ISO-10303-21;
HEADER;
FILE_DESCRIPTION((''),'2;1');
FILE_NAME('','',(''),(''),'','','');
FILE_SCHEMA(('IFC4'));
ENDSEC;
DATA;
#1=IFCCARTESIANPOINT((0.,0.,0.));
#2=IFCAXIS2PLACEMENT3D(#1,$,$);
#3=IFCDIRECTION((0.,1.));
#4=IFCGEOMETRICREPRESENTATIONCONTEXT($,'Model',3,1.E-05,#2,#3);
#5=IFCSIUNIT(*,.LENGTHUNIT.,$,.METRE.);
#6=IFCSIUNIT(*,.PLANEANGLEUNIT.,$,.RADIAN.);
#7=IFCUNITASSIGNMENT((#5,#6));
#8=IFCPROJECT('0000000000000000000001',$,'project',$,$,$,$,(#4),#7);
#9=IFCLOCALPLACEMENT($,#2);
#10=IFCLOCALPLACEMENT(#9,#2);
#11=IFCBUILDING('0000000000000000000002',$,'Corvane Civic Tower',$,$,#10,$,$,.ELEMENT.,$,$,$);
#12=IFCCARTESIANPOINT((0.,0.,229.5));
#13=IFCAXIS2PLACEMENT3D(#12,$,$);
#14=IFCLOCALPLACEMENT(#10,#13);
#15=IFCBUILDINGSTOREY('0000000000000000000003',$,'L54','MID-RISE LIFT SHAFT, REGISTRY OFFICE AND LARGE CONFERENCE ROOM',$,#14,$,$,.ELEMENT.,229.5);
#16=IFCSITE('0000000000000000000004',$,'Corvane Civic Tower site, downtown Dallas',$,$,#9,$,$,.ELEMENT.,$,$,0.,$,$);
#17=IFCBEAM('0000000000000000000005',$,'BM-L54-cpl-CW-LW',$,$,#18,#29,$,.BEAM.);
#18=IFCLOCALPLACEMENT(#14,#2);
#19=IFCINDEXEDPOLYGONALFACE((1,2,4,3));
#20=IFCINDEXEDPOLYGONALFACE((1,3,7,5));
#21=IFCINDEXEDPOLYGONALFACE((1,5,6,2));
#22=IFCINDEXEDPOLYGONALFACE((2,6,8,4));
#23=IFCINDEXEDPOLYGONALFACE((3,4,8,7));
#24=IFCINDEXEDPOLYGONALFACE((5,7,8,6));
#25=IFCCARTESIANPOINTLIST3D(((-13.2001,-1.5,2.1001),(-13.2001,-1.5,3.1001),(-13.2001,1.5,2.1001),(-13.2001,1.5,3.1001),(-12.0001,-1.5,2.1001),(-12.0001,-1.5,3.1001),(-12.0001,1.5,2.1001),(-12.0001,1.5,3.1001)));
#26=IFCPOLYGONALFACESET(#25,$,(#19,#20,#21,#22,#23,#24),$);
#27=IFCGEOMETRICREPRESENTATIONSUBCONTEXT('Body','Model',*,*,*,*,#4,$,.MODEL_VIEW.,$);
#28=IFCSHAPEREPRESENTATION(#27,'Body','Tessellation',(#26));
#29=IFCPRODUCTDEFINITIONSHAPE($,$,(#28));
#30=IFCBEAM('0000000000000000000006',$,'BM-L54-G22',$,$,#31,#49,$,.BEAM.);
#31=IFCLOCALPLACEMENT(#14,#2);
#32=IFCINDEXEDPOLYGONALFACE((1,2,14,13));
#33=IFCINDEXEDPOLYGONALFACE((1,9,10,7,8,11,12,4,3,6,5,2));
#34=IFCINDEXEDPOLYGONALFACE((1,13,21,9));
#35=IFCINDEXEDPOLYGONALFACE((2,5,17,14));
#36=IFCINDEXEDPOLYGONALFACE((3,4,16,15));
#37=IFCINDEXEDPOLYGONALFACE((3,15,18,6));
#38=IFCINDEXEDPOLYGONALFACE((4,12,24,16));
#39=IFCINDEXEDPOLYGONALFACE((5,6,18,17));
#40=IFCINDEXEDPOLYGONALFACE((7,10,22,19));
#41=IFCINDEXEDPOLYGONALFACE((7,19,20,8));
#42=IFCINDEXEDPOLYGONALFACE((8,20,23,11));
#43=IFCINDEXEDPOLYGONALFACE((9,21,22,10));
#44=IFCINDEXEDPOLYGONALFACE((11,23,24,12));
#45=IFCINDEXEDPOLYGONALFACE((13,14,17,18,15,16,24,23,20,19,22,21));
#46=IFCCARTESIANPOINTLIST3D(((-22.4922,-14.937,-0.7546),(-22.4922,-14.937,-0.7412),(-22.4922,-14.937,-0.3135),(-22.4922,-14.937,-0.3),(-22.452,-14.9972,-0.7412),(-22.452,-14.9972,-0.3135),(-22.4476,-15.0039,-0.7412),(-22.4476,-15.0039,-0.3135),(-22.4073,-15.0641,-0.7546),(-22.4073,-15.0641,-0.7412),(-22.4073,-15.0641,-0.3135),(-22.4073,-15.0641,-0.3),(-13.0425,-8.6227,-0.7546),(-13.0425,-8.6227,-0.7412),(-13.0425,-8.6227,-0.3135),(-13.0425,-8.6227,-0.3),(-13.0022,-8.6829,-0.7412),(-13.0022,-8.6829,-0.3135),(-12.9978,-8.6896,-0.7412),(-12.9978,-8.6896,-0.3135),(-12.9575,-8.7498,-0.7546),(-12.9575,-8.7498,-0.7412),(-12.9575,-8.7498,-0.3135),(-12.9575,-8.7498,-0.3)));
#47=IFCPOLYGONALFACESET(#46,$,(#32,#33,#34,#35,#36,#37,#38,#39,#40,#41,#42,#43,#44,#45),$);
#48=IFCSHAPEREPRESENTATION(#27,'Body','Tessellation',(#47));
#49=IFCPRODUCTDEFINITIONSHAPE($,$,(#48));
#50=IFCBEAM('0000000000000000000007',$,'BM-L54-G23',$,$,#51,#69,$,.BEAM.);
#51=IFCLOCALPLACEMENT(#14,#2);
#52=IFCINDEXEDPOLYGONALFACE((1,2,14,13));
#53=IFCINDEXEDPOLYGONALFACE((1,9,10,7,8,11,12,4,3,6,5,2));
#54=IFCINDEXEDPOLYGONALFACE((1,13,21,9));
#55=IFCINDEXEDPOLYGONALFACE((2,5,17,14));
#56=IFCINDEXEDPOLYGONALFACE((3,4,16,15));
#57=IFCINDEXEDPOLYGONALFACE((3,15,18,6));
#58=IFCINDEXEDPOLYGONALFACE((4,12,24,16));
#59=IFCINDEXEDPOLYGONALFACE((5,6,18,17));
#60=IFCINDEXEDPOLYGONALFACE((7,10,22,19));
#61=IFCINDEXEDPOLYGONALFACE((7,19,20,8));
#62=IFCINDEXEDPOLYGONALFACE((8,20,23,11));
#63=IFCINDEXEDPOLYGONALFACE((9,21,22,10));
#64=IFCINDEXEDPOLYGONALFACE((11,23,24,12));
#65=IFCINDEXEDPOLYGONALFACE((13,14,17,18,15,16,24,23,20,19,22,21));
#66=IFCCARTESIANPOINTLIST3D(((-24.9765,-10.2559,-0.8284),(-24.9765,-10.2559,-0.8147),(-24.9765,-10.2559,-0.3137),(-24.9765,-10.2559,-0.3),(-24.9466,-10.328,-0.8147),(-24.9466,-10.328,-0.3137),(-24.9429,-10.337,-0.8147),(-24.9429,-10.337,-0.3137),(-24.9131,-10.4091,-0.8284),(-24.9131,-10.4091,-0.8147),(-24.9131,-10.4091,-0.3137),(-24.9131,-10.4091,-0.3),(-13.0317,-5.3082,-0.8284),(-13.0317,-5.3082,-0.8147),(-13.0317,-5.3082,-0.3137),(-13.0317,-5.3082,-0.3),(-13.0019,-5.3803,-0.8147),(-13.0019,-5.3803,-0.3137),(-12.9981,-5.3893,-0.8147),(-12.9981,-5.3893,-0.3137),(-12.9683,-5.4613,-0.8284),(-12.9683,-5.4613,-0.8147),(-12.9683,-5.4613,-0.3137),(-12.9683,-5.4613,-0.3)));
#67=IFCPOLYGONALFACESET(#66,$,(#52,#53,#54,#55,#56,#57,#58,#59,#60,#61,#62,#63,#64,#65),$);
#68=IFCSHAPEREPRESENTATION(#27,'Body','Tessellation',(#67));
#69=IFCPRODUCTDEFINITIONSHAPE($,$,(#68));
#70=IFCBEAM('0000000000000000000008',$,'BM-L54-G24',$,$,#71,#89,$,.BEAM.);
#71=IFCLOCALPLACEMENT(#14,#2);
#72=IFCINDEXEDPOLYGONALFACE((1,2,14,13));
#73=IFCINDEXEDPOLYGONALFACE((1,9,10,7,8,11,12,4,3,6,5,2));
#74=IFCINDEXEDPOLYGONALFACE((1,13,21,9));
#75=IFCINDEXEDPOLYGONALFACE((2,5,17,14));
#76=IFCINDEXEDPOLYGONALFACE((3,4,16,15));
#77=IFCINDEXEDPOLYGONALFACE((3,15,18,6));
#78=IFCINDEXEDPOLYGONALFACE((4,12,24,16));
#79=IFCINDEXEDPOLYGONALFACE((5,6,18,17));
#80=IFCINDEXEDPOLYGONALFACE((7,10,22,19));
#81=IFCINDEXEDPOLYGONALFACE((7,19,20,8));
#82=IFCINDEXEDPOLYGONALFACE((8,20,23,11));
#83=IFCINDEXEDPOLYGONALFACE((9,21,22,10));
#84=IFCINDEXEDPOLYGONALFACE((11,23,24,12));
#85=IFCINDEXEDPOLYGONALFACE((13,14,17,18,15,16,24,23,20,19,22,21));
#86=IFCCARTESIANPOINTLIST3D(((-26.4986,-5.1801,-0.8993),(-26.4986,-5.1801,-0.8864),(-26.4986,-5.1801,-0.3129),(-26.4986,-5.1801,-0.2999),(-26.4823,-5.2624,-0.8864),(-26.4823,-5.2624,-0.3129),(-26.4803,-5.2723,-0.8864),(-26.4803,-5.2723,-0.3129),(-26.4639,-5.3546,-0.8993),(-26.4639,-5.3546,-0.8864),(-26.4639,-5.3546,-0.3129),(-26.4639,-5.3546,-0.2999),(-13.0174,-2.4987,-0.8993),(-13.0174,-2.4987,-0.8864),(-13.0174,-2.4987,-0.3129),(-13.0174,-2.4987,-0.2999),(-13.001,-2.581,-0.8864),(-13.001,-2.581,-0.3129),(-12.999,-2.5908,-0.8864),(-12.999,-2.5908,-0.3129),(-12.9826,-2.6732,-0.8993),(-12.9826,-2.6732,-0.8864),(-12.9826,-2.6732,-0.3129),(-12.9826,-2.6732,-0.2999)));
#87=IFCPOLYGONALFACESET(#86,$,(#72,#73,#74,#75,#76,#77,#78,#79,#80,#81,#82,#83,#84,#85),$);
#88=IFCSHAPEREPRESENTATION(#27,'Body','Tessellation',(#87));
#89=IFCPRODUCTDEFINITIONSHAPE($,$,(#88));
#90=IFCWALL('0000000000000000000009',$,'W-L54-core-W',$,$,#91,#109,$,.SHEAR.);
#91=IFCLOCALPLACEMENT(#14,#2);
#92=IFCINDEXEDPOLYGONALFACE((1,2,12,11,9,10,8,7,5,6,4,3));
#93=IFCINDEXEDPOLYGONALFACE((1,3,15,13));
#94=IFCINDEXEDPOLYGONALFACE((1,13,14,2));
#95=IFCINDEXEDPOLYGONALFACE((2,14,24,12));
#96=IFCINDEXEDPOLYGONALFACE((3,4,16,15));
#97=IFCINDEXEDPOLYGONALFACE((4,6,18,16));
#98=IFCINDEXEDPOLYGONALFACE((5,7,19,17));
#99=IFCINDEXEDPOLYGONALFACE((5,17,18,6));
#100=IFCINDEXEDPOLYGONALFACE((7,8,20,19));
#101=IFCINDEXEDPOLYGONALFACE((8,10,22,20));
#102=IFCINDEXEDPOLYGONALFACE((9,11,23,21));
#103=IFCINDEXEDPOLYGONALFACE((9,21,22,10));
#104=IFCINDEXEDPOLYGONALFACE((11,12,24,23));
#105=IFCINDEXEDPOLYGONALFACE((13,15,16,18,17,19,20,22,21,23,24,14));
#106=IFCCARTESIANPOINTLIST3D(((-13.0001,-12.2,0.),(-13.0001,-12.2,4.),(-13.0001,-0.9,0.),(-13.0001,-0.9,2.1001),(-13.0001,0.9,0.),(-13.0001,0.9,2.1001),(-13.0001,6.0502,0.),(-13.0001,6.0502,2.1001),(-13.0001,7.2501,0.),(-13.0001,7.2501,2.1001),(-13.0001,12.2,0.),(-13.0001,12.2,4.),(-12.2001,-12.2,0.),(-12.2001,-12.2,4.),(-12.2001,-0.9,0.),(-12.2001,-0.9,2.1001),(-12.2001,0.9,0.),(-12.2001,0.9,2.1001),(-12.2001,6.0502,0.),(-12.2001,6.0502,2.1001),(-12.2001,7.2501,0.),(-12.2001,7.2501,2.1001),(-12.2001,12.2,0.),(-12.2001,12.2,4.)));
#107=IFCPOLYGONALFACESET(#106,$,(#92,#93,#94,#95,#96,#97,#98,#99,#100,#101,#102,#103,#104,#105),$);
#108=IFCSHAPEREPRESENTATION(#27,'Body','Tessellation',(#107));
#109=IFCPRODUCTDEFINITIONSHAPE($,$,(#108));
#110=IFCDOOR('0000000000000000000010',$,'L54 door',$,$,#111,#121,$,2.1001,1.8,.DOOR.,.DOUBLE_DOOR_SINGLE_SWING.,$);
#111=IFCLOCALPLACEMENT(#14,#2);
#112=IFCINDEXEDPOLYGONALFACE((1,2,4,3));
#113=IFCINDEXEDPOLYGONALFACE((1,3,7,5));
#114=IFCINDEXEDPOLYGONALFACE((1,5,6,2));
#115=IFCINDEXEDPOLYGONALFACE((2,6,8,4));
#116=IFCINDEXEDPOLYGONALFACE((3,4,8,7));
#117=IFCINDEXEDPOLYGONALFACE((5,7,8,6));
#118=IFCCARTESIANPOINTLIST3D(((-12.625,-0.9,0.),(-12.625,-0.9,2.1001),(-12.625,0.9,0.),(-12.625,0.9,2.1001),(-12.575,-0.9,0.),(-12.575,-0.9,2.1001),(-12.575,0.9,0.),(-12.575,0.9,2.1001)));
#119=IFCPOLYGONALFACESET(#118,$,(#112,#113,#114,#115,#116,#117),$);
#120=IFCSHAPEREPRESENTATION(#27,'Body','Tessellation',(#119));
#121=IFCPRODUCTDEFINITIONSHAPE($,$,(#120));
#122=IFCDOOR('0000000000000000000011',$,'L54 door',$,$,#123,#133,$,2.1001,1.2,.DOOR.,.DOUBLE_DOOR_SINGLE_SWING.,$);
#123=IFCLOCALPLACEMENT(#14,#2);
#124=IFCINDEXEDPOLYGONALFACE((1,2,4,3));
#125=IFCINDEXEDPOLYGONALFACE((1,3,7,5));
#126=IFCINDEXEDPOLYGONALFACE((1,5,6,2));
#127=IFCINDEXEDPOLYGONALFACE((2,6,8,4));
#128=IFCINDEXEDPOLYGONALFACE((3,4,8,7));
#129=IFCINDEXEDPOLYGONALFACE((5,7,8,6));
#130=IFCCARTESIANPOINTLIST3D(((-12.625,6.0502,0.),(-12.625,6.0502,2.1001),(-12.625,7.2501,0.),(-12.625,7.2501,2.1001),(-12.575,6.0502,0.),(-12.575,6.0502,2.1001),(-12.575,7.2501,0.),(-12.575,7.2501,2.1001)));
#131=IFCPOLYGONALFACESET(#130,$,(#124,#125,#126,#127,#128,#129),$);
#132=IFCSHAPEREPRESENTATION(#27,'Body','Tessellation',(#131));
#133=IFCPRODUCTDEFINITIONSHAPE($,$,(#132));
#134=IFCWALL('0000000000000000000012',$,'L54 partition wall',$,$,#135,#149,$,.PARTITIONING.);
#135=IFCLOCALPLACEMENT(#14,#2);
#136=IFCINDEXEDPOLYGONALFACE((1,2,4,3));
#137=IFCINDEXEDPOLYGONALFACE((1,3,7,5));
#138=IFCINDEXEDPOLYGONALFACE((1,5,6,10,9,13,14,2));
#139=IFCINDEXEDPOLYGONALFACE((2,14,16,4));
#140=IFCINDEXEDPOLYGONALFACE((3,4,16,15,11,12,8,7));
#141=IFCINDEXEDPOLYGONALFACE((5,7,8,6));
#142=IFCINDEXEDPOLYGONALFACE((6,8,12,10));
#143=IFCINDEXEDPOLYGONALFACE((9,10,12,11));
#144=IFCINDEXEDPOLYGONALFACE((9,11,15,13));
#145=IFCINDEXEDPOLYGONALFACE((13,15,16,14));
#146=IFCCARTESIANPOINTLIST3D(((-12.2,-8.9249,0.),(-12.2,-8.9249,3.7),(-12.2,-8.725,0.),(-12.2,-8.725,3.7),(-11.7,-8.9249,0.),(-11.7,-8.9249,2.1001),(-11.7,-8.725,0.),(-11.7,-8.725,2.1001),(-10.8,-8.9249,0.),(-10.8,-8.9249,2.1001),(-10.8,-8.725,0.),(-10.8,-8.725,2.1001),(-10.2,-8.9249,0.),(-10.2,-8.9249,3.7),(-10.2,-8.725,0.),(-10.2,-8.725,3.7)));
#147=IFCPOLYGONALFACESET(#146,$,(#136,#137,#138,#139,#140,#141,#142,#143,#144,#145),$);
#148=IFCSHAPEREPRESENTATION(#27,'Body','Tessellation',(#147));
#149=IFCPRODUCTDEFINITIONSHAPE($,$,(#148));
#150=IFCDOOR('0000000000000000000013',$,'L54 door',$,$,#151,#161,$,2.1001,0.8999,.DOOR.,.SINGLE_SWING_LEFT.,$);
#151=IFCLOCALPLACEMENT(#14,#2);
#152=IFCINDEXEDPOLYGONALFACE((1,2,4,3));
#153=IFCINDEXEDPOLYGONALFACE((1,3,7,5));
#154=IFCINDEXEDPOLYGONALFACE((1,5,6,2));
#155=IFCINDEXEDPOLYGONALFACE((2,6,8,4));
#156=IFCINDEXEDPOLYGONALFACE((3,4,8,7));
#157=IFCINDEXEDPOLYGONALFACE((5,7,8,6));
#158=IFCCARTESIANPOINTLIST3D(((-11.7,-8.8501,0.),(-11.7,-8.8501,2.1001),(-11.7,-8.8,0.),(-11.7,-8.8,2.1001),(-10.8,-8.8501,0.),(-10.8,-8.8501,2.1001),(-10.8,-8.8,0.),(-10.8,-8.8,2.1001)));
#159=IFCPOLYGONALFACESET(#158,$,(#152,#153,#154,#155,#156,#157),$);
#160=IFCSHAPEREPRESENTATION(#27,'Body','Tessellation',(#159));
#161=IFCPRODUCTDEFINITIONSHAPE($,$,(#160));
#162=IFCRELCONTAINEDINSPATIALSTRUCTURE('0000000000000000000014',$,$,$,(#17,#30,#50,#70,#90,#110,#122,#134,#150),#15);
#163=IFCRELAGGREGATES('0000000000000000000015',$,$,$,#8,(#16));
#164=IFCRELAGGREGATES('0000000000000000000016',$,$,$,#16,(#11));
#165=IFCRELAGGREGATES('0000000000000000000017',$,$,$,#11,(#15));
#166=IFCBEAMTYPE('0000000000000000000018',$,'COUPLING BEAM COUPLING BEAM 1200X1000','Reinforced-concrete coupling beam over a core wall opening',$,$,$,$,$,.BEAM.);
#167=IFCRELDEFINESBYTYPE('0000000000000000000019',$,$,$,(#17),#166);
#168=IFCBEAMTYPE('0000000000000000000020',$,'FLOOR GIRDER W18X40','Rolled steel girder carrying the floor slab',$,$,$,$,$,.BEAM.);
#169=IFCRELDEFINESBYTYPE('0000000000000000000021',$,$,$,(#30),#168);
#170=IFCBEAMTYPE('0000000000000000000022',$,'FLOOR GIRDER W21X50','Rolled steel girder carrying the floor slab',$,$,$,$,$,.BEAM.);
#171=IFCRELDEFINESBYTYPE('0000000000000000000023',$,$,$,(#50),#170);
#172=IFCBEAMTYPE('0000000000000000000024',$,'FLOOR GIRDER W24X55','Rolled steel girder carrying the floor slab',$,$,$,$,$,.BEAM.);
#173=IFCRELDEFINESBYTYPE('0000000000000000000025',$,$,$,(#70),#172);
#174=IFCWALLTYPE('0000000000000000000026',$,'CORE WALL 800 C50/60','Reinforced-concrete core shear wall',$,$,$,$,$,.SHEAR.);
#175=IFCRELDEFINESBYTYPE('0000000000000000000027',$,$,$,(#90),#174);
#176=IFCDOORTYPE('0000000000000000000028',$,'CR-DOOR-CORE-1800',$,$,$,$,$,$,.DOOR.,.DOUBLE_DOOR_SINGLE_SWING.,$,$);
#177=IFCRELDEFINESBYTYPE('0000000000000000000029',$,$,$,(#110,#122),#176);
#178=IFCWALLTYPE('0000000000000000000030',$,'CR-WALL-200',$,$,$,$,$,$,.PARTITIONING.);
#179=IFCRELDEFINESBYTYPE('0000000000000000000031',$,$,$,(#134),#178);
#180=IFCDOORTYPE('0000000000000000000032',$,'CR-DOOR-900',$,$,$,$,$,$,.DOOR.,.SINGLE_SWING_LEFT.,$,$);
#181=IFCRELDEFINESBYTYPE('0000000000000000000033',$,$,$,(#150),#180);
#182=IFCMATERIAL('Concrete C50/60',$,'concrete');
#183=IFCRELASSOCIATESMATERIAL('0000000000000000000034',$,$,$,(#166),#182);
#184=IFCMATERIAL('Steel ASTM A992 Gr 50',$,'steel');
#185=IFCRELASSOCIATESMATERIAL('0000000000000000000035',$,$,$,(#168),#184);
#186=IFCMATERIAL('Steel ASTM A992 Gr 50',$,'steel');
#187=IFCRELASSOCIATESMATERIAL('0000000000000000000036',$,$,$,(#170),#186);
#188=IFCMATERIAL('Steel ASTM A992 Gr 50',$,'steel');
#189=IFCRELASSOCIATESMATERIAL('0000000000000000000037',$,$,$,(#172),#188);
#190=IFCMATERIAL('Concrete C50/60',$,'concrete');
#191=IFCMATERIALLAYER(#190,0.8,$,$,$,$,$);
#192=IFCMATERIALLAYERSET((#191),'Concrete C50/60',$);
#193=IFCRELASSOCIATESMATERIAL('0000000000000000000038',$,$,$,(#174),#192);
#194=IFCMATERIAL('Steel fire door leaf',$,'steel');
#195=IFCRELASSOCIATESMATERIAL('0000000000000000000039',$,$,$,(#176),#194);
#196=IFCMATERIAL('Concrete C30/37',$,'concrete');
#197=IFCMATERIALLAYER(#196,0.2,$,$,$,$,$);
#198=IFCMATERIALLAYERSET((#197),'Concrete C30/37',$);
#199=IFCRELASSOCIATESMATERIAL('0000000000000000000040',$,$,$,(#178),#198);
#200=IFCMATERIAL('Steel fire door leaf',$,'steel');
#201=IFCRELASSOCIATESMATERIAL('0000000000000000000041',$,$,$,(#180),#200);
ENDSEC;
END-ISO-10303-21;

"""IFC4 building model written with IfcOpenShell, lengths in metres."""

from ifc_helpers import new_model, si_unit, direction, frame, frame_2d, origin, origin_2d, place, context, subcontext, project, spatial, rectangle, i_section, extrude, material, layer, layer_set, material_profile, profile_set, type_object, element, fill, save


model = new_model("IFC4")

# Units and contexts
model_context = context("Model", 3, precision=1e-05, world=origin(), true_north=direction((0.0, 1.0)))
body_context = subcontext(model_context, "Body", "Model", "MODEL_VIEW")
ifc_project = project(units=[si_unit("LENGTHUNIT", "METRE"), si_unit("PLANEANGLEUNIT", "RADIAN")], contexts=[model_context])

# Site, building, storey
site_placement = place(None, origin())
site = spatial("IfcSite", under=ifc_project, at=site_placement, Name="Corvane Civic Tower site, downtown Dallas", CompositionType="ELEMENT", RefElevation=0.0)
building_placement = place(site_placement, origin())
building = spatial("IfcBuilding", under=site, at=building_placement, Name="Corvane Civic Tower", CompositionType="ELEMENT")
storey_placement = place(building_placement, frame((0.0, 0.0, 229.5)))
storey = spatial("IfcBuildingStorey", under=building, at=storey_placement, Name="L54", Description="MID-RISE LIFT SHAFT, REGISTRY OFFICE AND LARGE CONFERENCE ROOM", CompositionType="ELEMENT", Elevation=229.5)

# Beams
ifc_material_1 = material(Name="Concrete C50/60", Category="concrete")
ifc_material_profile_1 = material_profile(ifc_material_1, rectangle(XDim=1.2, YDim=1.0, at=origin_2d()), Name="COUPLING BEAM 1200X1000")
ifc_profile_set_1 = profile_set([ifc_material_profile_1], Name="Concrete C50/60")
beam_type_1 = type_object("IfcBeamType", Name="COUPLING BEAM COUPLING BEAM 1200X1000", Description="Reinforced-concrete coupling beam over a core wall opening", PredefinedType="BEAM", material=ifc_profile_set_1)
beam_1_placement = place(storey_placement, frame((-12.6001, -1.5, 2.6001), z_axis=(0.0, 1.0, 0.0), x_axis=(-1.0, 0.0, 0.0)))
element("IfcBeam", 1, at=beam_1_placement, inside=storey, type_object=beam_type_1, Name="BM-L54-cpl-CW-LW", PredefinedType="BEAM", context=body_context, shape_type="SweptSolid", body=[
    extrude(rectangle(XDim=1.2, YDim=1.0, at=origin_2d()), origin(), (0.0, 0.0, 1.0), 3.0),
])
ifc_material_2 = material(Name="Steel ASTM A992 Gr 50", Category="steel")
ifc_material_profile_2 = material_profile(ifc_material_2, i_section(OverallWidth=0.1528, OverallDepth=0.4546, WebThickness=0.0081, FlangeThickness=0.0134, at=origin_2d()), Name="W18X40")
ifc_profile_set_2 = profile_set([ifc_material_profile_2], Name="Steel ASTM A992 Gr 50")
beam_type_2 = type_object("IfcBeamType", Name="FLOOR GIRDER W18X40", Description="Rolled steel girder carrying the floor slab", PredefinedType="BEAM", material=ifc_profile_set_2)
beam_2_placement = place(storey_placement, frame((-13.0, -8.6863, -0.5273), z_axis=(-0.831465, -0.555577, 0.0), x_axis=(0.555577, -0.831465, 0.0)))
element("IfcBeam", 2, at=beam_2_placement, inside=storey, type_object=beam_type_2, Name="BM-L54-G22", PredefinedType="BEAM", context=body_context, shape_type="SweptSolid", body=[
    extrude(i_section(OverallWidth=0.1528, OverallDepth=0.4546, WebThickness=0.0081, FlangeThickness=0.0134, at=origin_2d()), origin(), (0.0, 0.0, 1.0), 11.3652),
])
ifc_material_3 = material(Name="Steel ASTM A992 Gr 50", Category="steel")
ifc_material_profile_3 = material_profile(ifc_material_3, i_section(OverallWidth=0.1658, OverallDepth=0.5283, WebThickness=0.0098, FlangeThickness=0.0137, at=origin_2d()), Name="W21X50")
ifc_profile_set_3 = profile_set([ifc_material_profile_3], Name="Steel ASTM A992 Gr 50")
beam_type_3 = type_object("IfcBeamType", Name="FLOOR GIRDER W21X50", Description="Rolled steel girder carrying the floor slab", PredefinedType="BEAM", material=ifc_profile_set_3)
beam_3_placement = place(storey_placement, frame((-13.0, -5.3848, -0.5642), z_axis=(-0.923878, -0.382686, 0.0), x_axis=(0.382686, -0.923878, 0.0)))
element("IfcBeam", 3, at=beam_3_placement, inside=storey, type_object=beam_type_3, Name="BM-L54-G23", PredefinedType="BEAM", context=body_context, shape_type="SweptSolid", body=[
    extrude(i_section(OverallWidth=0.1658, OverallDepth=0.5283, WebThickness=0.0098, FlangeThickness=0.0137, at=origin_2d()), origin(), (0.0, 0.0, 1.0), 12.929),
])
ifc_material_4 = material(Name="Steel ASTM A992 Gr 50", Category="steel")
ifc_material_profile_4 = material_profile(ifc_material_4, i_section(OverallWidth=0.178, OverallDepth=0.5994, WebThickness=0.01, FlangeThickness=0.0129, at=origin_2d()), Name="W24X55")
ifc_profile_set_4 = profile_set([ifc_material_profile_4], Name="Steel ASTM A992 Gr 50")
beam_type_4 = type_object("IfcBeamType", Name="FLOOR GIRDER W24X55", Description="Rolled steel girder carrying the floor slab", PredefinedType="BEAM", material=ifc_profile_set_4)
beam_4_placement = place(storey_placement, frame((-13.0, -2.5859, -0.5996), z_axis=(-0.980788, -0.195078, 0.0), x_axis=(0.195078, -0.980788, 0.0)))
element("IfcBeam", 4, at=beam_4_placement, inside=storey, type_object=beam_type_4, Name="BM-L54-G24", PredefinedType="BEAM", context=body_context, shape_type="SweptSolid", body=[
    extrude(i_section(OverallWidth=0.178, OverallDepth=0.5994, WebThickness=0.01, FlangeThickness=0.0129, at=origin_2d()), origin(), (0.0, 0.0, 1.0), 13.7454),
])

# Wall, openings, doors
ifc_material_5 = material(Name="Concrete C50/60", Category="concrete")
ifc_layer_1 = layer(ifc_material_5, 0.8)
ifc_layer_set_1 = layer_set([ifc_layer_1], Name="Concrete C50/60")
wall_type_1 = type_object("IfcWallType", Name="CORE WALL 800 C50/60", Description="Reinforced-concrete core shear wall", PredefinedType="SHEAR", material=ifc_layer_set_1)
wall_1_placement = place(storey_placement, frame((-12.6001, -12.2, 0.0), z_axis=(0.0, 0.0, 1.0), x_axis=(0.0, 1.0, 0.0)))
wall_1 = element("IfcWall", 5, at=wall_1_placement, inside=storey, type_object=wall_type_1, Name="W-L54-core-W", PredefinedType="SHEAR", context=body_context, shape_type="SweptSolid", body=[
    extrude(rectangle(XDim=24.3999, YDim=0.8, at=frame_2d((12.2, 0.0))), origin(), (0.0, 0.0, 1.0), 4.0),
])
opening_1_placement = place(wall_1_placement, frame((11.3, 0.0, 0.0)))
opening_1 = element("IfcOpeningElement", 6, at=opening_1_placement, cuts=wall_1, PredefinedType="OPENING", context=body_context, shape_type="SweptSolid", body=[
    extrude(rectangle(XDim=1.8, YDim=2.1001, at=frame_2d((0.8999, 1.05))), frame((0.0, 0.4099, 0.0), z_axis=(0.0, -1.0, 0.0), x_axis=(1.0, 0.0, 0.0)), (0.0, 0.0, 1.0), 0.8201),
])
opening_2_placement = place(wall_1_placement, frame((18.25, 0.0, 0.0)))
opening_2 = element("IfcOpeningElement", 7, at=opening_2_placement, cuts=wall_1, PredefinedType="OPENING", context=body_context, shape_type="SweptSolid", body=[
    extrude(rectangle(XDim=1.2, YDim=2.1001, at=frame_2d((0.6001, 1.05))), frame((0.0, 0.4099, 0.0), z_axis=(0.0, -1.0, 0.0), x_axis=(1.0, 0.0, 0.0)), (0.0, 0.0, 1.0), 0.8201),
])
ifc_material_6 = material(Name="Steel fire door leaf", Category="steel")
door_type_1 = type_object("IfcDoorType", Name="CR-DOOR-CORE-1800", OperationType="DOUBLE_DOOR_SINGLE_SWING", PredefinedType="DOOR", material=ifc_material_6)
door_1_placement = place(opening_1_placement, origin())
door_1 = element("IfcDoor", 8, at=door_1_placement, inside=storey, type_object=door_type_1, Name="L54 door", OperationType="DOUBLE_DOOR_SINGLE_SWING", OverallHeight=2.1001, OverallWidth=1.8, PredefinedType="DOOR", context=body_context, shape_type="SweptSolid", body=[
    extrude(rectangle(XDim=1.8, YDim=2.1001, at=frame_2d((0.8999, 1.05))), frame((0.0, 0.0249, 0.0), z_axis=(0.0, -1.0, 0.0), x_axis=(1.0, 0.0, 0.0)), (0.0, 0.0, 1.0), 0.05),
])
fill(opening_1, door_1)
door_2_placement = place(opening_2_placement, origin())
door_2 = element("IfcDoor", 9, at=door_2_placement, inside=storey, type_object=door_type_1, Name="L54 door", OperationType="DOUBLE_DOOR_SINGLE_SWING", OverallHeight=2.1001, OverallWidth=1.2, PredefinedType="DOOR", context=body_context, shape_type="SweptSolid", body=[
    extrude(rectangle(XDim=1.2, YDim=2.1001, at=frame_2d((0.6001, 1.05))), frame((0.0, 0.0249, 0.0), z_axis=(0.0, -1.0, 0.0), x_axis=(1.0, 0.0, 0.0)), (0.0, 0.0, 1.0), 0.05),
])
fill(opening_2, door_2)

# Wall, opening, door
ifc_material_7 = material(Name="Concrete C30/37", Category="concrete")
ifc_layer_2 = layer(ifc_material_7, 0.2)
ifc_layer_set_2 = layer_set([ifc_layer_2], Name="Concrete C30/37")
wall_type_2 = type_object("IfcWallType", Name="CR-WALL-200", PredefinedType="PARTITIONING", material=ifc_layer_set_2)
wall_2_placement = place(storey_placement, frame((-12.2, -8.825, 0.0), z_axis=(0.0, 0.0, 1.0), x_axis=(1.0, 0.0, 0.0)))
wall_2 = element("IfcWall", 10, at=wall_2_placement, inside=storey, type_object=wall_type_2, Name="L54 partition wall", PredefinedType="PARTITIONING", context=body_context, shape_type="SweptSolid", body=[
    extrude(rectangle(XDim=2.0, YDim=0.2, at=frame_2d((1.0, 0.0))), origin(), (0.0, 0.0, 1.0), 3.7),
])
opening_3_placement = place(wall_2_placement, frame((0.5, 0.0, 0.0)))
opening_3 = element("IfcOpeningElement", 11, at=opening_3_placement, cuts=wall_2, PredefinedType="OPENING", context=body_context, shape_type="SweptSolid", body=[
    extrude(rectangle(XDim=0.8999, YDim=2.1001, at=frame_2d((0.45, 1.05))), frame((0.0, 0.1099, 0.0), z_axis=(0.0, -1.0, 0.0), x_axis=(1.0, 0.0, 0.0)), (0.0, 0.0, 1.0), 0.22),
])
ifc_material_8 = material(Name="Steel fire door leaf", Category="steel")
door_type_2 = type_object("IfcDoorType", Name="CR-DOOR-900", OperationType="SINGLE_SWING_LEFT", PredefinedType="DOOR", material=ifc_material_8)
door_3_placement = place(opening_3_placement, origin())
door_3 = element("IfcDoor", 12, at=door_3_placement, inside=storey, type_object=door_type_2, Name="L54 door", OperationType="SINGLE_SWING_LEFT", OverallHeight=2.1001, OverallWidth=0.8999, PredefinedType="DOOR", context=body_context, shape_type="SweptSolid", body=[
    extrude(rectangle(XDim=0.8999, YDim=2.1001, at=frame_2d((0.45, 1.05))), frame((0.0, 0.0249, 0.0), z_axis=(0.0, -1.0, 0.0), x_axis=(1.0, 0.0, 0.0)), (0.0, 0.0, 1.0), 0.05),
])
fill(opening_3, door_3)

save(model, "model.ifc")
